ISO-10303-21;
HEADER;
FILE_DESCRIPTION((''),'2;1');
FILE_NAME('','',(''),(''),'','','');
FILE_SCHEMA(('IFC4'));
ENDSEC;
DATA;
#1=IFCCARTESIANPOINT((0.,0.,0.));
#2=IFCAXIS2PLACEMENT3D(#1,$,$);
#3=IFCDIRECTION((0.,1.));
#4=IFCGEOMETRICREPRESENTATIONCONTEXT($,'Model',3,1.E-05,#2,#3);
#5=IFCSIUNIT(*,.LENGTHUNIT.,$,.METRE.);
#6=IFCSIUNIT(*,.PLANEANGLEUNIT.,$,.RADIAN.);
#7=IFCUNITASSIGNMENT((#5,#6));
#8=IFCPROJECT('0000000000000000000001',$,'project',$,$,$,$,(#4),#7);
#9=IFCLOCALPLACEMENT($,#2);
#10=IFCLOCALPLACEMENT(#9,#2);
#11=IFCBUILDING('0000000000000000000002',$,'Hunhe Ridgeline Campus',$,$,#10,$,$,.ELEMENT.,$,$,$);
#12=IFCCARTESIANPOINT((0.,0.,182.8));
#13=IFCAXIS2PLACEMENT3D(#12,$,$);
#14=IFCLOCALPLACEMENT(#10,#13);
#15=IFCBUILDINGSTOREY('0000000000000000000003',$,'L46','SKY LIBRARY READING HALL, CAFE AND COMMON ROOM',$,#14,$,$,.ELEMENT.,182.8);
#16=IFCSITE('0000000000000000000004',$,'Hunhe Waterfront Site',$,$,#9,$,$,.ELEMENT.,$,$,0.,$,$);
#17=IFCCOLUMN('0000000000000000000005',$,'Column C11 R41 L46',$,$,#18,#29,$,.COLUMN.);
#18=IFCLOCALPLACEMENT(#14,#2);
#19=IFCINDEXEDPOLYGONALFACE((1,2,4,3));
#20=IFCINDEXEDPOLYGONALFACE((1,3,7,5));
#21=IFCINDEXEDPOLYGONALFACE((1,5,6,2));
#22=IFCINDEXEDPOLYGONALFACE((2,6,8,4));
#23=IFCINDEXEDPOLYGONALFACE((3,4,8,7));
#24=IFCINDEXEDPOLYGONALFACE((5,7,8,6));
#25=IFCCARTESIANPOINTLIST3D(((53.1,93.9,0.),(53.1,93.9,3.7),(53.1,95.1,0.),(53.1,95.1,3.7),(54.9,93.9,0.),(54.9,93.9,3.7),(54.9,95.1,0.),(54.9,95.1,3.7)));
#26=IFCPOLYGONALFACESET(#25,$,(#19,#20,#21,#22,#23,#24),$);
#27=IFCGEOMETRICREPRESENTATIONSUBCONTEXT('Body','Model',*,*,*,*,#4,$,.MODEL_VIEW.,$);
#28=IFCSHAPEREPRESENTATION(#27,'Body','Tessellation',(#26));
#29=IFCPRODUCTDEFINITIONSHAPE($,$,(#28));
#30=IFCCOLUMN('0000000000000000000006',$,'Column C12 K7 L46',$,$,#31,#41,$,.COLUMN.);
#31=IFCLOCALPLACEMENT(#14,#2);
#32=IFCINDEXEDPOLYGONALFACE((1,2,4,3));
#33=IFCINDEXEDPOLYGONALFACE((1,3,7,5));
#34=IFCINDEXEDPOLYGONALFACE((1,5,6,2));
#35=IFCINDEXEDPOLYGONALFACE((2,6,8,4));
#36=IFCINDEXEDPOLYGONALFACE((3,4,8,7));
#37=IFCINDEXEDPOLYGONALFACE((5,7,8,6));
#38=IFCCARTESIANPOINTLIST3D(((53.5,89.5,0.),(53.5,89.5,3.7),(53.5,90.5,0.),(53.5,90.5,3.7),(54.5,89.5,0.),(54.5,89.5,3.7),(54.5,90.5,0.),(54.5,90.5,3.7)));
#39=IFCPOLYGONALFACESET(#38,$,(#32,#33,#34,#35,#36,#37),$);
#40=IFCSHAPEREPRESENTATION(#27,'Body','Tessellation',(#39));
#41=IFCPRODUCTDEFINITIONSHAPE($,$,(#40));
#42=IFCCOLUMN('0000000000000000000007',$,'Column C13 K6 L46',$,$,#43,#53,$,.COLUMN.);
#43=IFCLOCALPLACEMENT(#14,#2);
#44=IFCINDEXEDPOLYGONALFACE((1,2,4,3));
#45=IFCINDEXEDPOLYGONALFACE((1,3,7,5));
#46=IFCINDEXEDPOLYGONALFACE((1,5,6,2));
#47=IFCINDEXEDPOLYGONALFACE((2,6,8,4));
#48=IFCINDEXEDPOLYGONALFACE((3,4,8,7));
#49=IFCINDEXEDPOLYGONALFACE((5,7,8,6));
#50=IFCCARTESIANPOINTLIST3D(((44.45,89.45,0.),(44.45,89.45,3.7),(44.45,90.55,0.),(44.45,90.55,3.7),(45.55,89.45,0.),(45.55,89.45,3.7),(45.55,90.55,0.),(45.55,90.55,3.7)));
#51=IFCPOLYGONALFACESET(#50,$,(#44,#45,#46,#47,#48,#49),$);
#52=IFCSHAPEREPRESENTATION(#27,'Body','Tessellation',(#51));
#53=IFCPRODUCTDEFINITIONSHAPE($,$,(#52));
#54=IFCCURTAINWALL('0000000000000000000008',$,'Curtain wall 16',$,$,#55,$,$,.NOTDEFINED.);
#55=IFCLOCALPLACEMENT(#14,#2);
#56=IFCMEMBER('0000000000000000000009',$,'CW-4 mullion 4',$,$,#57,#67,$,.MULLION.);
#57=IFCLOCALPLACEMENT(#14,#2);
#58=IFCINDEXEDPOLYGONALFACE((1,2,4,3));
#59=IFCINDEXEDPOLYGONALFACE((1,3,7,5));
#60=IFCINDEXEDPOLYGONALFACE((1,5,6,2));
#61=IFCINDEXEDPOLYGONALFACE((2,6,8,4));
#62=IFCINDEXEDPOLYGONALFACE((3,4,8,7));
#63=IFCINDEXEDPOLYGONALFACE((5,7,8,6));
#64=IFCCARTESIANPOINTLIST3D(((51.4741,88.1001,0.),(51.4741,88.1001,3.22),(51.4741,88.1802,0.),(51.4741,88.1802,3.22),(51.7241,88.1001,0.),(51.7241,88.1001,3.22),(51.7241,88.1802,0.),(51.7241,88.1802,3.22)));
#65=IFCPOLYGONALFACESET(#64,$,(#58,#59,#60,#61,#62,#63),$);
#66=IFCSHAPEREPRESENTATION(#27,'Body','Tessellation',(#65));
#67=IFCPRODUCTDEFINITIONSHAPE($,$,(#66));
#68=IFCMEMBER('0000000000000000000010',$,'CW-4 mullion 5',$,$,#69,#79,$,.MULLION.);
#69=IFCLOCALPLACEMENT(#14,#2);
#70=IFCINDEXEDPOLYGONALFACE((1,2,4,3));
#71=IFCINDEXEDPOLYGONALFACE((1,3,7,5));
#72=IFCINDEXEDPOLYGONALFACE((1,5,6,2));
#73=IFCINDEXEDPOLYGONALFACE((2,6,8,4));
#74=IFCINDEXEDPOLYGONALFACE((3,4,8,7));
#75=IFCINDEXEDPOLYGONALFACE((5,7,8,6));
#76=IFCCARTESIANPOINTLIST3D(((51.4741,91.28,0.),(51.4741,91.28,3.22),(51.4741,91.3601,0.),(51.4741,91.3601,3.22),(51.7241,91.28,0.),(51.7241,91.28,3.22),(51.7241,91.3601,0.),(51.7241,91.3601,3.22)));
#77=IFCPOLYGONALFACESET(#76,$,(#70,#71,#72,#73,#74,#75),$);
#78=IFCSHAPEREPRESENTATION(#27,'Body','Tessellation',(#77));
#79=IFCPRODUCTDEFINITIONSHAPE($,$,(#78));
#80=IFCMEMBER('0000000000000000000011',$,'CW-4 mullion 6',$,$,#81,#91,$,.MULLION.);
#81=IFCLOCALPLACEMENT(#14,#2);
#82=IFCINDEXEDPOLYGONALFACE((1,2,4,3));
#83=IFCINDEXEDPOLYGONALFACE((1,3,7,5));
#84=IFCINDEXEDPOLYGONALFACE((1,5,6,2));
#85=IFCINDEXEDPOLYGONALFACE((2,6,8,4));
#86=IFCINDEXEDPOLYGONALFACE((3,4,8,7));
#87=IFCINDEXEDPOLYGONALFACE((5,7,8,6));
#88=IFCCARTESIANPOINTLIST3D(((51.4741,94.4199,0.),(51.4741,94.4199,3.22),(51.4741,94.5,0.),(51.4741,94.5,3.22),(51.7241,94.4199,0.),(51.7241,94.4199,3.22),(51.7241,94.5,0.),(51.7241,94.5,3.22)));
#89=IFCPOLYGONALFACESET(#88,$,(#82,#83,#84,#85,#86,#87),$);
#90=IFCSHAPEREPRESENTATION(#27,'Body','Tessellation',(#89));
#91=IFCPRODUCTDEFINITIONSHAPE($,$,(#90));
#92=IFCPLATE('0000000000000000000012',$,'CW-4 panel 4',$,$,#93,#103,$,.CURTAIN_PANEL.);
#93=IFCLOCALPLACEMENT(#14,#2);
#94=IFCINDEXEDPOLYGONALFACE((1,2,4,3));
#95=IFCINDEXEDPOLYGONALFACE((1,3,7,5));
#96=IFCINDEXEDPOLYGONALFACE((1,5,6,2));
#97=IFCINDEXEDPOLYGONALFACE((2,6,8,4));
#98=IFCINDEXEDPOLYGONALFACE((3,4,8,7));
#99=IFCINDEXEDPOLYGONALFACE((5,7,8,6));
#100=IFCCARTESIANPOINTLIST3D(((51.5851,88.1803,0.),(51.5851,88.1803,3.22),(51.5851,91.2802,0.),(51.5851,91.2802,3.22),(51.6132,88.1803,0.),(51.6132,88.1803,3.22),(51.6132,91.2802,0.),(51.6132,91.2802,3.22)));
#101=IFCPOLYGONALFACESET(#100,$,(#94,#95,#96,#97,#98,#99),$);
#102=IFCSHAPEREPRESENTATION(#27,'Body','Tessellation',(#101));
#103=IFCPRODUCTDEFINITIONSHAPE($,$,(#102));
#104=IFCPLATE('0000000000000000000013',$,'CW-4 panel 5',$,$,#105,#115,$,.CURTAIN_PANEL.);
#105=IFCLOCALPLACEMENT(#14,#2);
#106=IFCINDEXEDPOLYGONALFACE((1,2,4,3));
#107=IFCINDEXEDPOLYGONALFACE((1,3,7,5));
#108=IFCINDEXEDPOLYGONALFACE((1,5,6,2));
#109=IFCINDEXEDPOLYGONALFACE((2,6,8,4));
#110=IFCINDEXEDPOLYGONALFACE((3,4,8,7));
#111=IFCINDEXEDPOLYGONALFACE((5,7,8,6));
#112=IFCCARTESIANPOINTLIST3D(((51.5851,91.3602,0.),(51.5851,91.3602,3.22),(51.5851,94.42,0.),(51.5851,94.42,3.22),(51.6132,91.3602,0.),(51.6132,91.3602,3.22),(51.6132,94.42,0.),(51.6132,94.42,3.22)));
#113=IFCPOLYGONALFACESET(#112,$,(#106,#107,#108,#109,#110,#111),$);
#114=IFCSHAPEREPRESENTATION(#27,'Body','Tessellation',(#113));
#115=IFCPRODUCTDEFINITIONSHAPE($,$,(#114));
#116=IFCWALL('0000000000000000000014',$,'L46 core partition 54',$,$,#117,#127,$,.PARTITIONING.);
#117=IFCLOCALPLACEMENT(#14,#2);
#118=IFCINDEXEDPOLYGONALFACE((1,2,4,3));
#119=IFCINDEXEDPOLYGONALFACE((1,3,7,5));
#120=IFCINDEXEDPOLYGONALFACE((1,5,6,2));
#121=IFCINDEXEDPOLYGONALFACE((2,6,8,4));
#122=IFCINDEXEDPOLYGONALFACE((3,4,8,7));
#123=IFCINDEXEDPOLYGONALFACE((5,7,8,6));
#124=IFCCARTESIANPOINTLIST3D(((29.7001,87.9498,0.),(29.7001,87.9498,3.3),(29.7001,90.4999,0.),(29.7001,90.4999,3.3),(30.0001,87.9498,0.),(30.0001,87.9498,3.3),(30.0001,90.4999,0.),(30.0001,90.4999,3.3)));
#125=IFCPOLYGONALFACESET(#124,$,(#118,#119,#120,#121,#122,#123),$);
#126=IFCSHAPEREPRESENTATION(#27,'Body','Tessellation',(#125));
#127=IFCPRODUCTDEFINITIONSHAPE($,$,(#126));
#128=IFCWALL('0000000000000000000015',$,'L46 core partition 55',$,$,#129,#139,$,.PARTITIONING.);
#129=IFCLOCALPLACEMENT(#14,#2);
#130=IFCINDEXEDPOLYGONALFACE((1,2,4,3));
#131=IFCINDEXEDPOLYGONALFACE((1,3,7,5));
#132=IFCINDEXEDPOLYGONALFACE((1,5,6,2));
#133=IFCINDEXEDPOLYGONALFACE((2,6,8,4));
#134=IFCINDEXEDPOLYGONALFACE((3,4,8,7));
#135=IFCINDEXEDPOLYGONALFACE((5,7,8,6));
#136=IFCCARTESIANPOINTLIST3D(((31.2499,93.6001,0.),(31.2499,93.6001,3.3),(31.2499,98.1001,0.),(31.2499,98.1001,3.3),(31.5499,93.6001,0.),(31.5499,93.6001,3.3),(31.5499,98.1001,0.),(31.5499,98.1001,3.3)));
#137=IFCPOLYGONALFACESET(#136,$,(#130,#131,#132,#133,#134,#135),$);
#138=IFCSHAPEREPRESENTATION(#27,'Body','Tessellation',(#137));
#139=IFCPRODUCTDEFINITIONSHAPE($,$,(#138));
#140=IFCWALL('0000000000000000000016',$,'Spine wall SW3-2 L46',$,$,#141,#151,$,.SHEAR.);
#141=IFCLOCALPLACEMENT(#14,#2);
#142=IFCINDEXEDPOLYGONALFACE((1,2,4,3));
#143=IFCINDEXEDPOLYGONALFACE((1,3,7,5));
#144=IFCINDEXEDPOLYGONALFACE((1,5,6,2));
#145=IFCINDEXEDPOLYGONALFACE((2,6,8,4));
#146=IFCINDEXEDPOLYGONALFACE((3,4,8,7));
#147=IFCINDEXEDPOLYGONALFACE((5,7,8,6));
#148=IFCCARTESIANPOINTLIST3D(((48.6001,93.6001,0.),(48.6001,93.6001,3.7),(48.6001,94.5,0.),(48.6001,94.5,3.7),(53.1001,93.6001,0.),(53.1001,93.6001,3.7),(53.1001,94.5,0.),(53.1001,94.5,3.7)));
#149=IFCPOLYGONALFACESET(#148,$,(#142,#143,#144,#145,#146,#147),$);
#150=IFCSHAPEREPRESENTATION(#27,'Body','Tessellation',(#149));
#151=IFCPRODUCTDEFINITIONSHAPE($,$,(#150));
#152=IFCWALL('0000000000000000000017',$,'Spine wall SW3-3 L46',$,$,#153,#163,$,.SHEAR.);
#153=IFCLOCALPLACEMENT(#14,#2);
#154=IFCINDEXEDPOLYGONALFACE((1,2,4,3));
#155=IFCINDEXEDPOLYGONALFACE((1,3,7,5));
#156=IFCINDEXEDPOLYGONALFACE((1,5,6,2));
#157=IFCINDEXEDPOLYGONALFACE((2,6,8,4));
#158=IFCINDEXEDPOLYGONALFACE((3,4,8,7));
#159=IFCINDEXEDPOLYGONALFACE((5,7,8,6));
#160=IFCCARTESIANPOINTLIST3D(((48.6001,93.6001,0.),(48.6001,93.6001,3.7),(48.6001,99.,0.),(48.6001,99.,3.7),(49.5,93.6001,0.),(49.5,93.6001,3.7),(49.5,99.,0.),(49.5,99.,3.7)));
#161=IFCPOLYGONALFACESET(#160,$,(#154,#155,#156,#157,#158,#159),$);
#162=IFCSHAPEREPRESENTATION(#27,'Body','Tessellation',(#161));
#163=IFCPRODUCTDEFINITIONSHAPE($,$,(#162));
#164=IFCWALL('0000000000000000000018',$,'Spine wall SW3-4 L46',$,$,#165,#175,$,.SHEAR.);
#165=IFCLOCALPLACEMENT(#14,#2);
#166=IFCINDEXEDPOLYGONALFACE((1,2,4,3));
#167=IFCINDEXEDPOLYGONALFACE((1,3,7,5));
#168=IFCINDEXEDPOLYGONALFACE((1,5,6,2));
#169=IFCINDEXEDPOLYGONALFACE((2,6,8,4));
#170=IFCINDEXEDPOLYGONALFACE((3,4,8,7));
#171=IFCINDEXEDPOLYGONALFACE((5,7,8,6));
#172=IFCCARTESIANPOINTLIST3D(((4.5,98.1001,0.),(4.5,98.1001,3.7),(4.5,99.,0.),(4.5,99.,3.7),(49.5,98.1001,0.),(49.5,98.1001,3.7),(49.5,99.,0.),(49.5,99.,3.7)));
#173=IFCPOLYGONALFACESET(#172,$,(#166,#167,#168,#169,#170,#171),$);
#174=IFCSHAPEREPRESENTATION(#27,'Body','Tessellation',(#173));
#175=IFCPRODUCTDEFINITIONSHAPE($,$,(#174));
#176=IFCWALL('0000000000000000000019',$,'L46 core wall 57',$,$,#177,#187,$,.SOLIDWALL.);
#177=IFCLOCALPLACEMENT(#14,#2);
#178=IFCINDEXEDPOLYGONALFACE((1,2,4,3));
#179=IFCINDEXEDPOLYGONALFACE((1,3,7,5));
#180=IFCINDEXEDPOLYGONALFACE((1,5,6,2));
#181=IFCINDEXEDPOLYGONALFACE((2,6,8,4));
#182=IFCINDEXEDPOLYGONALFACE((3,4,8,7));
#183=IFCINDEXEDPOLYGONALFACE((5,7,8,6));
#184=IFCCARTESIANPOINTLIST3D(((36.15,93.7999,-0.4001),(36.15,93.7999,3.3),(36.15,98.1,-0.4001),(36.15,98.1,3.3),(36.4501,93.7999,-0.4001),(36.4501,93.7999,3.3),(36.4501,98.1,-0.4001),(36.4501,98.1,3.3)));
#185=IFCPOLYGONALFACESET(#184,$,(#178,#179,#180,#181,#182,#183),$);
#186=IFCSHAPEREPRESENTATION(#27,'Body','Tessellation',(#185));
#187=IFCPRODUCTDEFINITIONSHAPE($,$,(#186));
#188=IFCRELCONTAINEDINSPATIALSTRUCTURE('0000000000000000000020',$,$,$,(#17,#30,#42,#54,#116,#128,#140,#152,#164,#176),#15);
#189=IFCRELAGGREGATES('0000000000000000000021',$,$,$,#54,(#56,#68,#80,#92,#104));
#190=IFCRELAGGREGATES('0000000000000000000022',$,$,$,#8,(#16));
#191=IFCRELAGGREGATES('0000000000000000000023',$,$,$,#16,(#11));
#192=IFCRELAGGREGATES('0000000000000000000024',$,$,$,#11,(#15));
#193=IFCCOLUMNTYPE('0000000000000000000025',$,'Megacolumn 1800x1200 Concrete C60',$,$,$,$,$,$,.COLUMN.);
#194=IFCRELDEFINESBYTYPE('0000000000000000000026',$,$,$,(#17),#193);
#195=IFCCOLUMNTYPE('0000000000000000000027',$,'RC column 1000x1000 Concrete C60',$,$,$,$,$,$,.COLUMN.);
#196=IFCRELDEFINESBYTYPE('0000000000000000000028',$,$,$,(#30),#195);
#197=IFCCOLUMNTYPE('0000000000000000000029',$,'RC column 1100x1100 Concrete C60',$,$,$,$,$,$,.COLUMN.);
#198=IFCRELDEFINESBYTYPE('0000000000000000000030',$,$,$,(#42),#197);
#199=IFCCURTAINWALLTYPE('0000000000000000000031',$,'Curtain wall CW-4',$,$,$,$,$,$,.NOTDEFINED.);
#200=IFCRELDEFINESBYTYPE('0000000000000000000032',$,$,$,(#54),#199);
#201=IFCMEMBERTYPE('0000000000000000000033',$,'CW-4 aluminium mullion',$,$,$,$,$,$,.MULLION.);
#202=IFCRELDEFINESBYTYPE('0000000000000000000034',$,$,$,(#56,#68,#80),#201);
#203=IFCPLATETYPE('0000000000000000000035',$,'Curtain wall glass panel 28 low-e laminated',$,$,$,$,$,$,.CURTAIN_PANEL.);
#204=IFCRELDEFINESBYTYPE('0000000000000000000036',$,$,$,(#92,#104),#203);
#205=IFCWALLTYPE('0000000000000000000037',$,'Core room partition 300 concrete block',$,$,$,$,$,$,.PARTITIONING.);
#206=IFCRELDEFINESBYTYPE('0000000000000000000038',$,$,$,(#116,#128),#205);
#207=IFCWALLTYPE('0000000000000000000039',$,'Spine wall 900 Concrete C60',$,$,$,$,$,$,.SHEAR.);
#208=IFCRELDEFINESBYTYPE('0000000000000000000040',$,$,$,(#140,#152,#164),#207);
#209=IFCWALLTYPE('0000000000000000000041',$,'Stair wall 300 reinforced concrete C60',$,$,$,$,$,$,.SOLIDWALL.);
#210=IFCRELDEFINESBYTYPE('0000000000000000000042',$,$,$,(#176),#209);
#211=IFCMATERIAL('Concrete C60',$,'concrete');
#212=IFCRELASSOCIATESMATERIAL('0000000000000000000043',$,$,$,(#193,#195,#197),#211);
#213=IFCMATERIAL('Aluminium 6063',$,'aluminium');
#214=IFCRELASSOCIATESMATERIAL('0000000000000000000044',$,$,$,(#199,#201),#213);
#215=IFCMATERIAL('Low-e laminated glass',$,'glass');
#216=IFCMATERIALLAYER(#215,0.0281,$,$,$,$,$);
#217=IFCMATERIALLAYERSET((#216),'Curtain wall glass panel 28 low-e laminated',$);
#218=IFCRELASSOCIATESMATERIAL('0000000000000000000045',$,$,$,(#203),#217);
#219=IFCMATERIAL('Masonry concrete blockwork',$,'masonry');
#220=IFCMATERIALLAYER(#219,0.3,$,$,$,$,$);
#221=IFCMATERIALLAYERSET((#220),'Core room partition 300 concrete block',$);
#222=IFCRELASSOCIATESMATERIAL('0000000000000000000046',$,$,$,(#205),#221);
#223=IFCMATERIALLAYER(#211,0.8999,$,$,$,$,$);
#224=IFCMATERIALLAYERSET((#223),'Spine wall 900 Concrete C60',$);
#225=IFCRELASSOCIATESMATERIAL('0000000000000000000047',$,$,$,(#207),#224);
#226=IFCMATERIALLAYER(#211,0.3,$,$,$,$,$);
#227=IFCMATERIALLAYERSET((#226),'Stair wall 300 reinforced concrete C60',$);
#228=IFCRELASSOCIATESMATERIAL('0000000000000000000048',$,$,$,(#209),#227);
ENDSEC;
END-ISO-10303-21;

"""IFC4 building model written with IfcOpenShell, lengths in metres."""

from ifc_helpers import new_model, si_unit, direction, frame, frame_2d, origin, origin_2d, place, context, subcontext, project, spatial, rectangle, extrude, material, layer, layer_set, material_profile, profile_set, type_object, element, aggregate, save


model = new_model("IFC4")

# Units and contexts
model_context = context("Model", 3, precision=1e-05, world=origin(), true_north=direction((0.0, 1.0)))
body_context = subcontext(model_context, "Body", "Model", "MODEL_VIEW")
ifc_project = project(units=[si_unit("LENGTHUNIT", "METRE"), si_unit("PLANEANGLEUNIT", "RADIAN")], contexts=[model_context])

# Site, building, storey
site_placement = place(None, origin())
site = spatial("IfcSite", under=ifc_project, at=site_placement, Name="Hunhe Waterfront Site", CompositionType="ELEMENT", RefElevation=0.0)
building_placement = place(site_placement, origin())
building = spatial("IfcBuilding", under=site, at=building_placement, Name="Hunhe Ridgeline Campus", CompositionType="ELEMENT")
storey_placement = place(building_placement, frame((0.0, 0.0, 182.8)))
storey = spatial("IfcBuildingStorey", under=building, at=storey_placement, Name="L46", Description="SKY LIBRARY READING HALL, CAFE AND COMMON ROOM", CompositionType="ELEMENT", Elevation=182.8)

# Columns
ifc_material_1 = material(Name="Concrete C60", Category="concrete")
ifc_material_profile_1 = material_profile(ifc_material_1, rectangle(XDim=1.8, YDim=1.2, at=origin_2d()))
ifc_profile_set_1 = profile_set([ifc_material_profile_1], Name="Concrete C60")
column_type_1 = type_object("IfcColumnType", Name="Megacolumn 1800x1200 Concrete C60", PredefinedType="COLUMN", material=ifc_profile_set_1)
column_1_placement = place(storey_placement, frame((54.0, 94.5, 0.0), z_axis=(0.0, 0.0, 1.0), x_axis=(1.0, 0.0, 0.0)))
element("IfcColumn", 1, at=column_1_placement, inside=storey, type_object=column_type_1, Name="Column C11 R41 L46", PredefinedType="COLUMN", context=body_context, shape_type="SweptSolid", body=[
    extrude(rectangle(XDim=1.8, YDim=1.2, at=origin_2d()), origin(), (0.0, 0.0, 1.0), 3.7),
])
ifc_material_profile_2 = material_profile(ifc_material_1, rectangle(XDim=1.0, YDim=1.0, at=origin_2d()))
ifc_profile_set_2 = profile_set([ifc_material_profile_2], Name="Concrete C60")
column_type_2 = type_object("IfcColumnType", Name="RC column 1000x1000 Concrete C60", PredefinedType="COLUMN", material=ifc_profile_set_2)
column_2_placement = place(storey_placement, frame((54.0, 90.0, 0.0), z_axis=(0.0, 0.0, 1.0), x_axis=(1.0, 0.0, 0.0)))
element("IfcColumn", 2, at=column_2_placement, inside=storey, type_object=column_type_2, Name="Column C12 K7 L46", PredefinedType="COLUMN", context=body_context, shape_type="SweptSolid", body=[
    extrude(rectangle(XDim=1.0, YDim=1.0, at=origin_2d()), origin(), (0.0, 0.0, 1.0), 3.7),
])
ifc_material_profile_3 = material_profile(ifc_material_1, rectangle(XDim=1.1001, YDim=1.1001, at=origin_2d()))
ifc_profile_set_3 = profile_set([ifc_material_profile_3], Name="Concrete C60")
column_type_3 = type_object("IfcColumnType", Name="RC column 1100x1100 Concrete C60", PredefinedType="COLUMN", material=ifc_profile_set_3)
column_3_placement = place(storey_placement, frame((45.0, 90.0, 0.0), z_axis=(0.0, 0.0, 1.0), x_axis=(1.0, 0.0, 0.0)))
element("IfcColumn", 3, at=column_3_placement, inside=storey, type_object=column_type_3, Name="Column C13 K6 L46", PredefinedType="COLUMN", context=body_context, shape_type="SweptSolid", body=[
    extrude(rectangle(XDim=1.1001, YDim=1.1001, at=origin_2d()), origin(), (0.0, 0.0, 1.0), 3.7),
])

# Curtain wall, members, plates
ifc_material_2 = material(Name="Aluminium 6063", Category="aluminium")
curtain_wall_type = type_object("IfcCurtainWallType", Name="Curtain wall CW-4", PredefinedType="NOTDEFINED", material=ifc_material_2)
curtain_wall_placement = place(storey_placement, origin())
curtain_wall = element("IfcCurtainWall", 4, at=curtain_wall_placement, inside=storey, type_object=curtain_wall_type, Name="Curtain wall 16", PredefinedType="NOTDEFINED")
ifc_material_profile_4 = material_profile(ifc_material_2, rectangle(XDim=0.25, YDim=0.0801, at=origin_2d()))
ifc_profile_set_4 = profile_set([ifc_material_profile_4], Name="Aluminium 6063")
member_type = type_object("IfcMemberType", Name="CW-4 aluminium mullion", PredefinedType="MULLION", material=ifc_profile_set_4)
member_1_placement = place(storey_placement, frame((51.5991, 88.1401, 0.0), z_axis=(0.0, 0.0, 1.0), x_axis=(-1.0, 0.0, 0.0)))
member_1 = element("IfcMember", 5, at=member_1_placement, type_object=member_type, Name="CW-4 mullion 4", PredefinedType="MULLION", context=body_context, shape_type="SweptSolid", body=[
    extrude(rectangle(XDim=0.25, YDim=0.0801, at=origin_2d()), origin(), (0.0, 0.0, 1.0), 3.22),
])
member_2_placement = place(storey_placement, frame((51.5991, 91.3201, 0.0), z_axis=(0.0, 0.0, 1.0), x_axis=(-1.0, 0.0, 0.0)))
member_2 = element("IfcMember", 6, at=member_2_placement, type_object=member_type, Name="CW-4 mullion 5", PredefinedType="MULLION", context=body_context, shape_type="SweptSolid", body=[
    extrude(rectangle(XDim=0.25, YDim=0.0801, at=origin_2d()), origin(), (0.0, 0.0, 1.0), 3.22),
])
member_3_placement = place(storey_placement, frame((51.5991, 94.46, 0.0), z_axis=(0.0, 0.0, 1.0), x_axis=(-1.0, 0.0, 0.0)))
member_3 = element("IfcMember", 7, at=member_3_placement, type_object=member_type, Name="CW-4 mullion 6", PredefinedType="MULLION", context=body_context, shape_type="SweptSolid", body=[
    extrude(rectangle(XDim=0.25, YDim=0.0801, at=origin_2d()), origin(), (0.0, 0.0, 1.0), 3.22),
])
ifc_material_3 = material(Name="Low-e laminated glass", Category="glass")
ifc_layer_1 = layer(ifc_material_3, 0.0281)
ifc_layer_set_1 = layer_set([ifc_layer_1], Name="Curtain wall glass panel 28 low-e laminated")
plate_type = type_object("IfcPlateType", Name="Curtain wall glass panel 28 low-e laminated", PredefinedType="CURTAIN_PANEL", material=ifc_layer_set_1)
plate_1_placement = place(storey_placement, frame((51.5991, 89.7302, 0.0), z_axis=(0.0, 0.0, 1.0), x_axis=(0.0, 1.0, 0.0)))
plate_1 = element("IfcPlate", 8, at=plate_1_placement, type_object=plate_type, Name="CW-4 panel 4", PredefinedType="CURTAIN_PANEL", context=body_context, shape_type="SweptSolid", body=[
    extrude(rectangle(XDim=3.0999, YDim=0.0281, at=origin_2d()), origin(), (0.0, 0.0, 1.0), 3.22),
])
plate_2_placement = place(storey_placement, frame((51.5991, 92.8901, 0.0), z_axis=(0.0, 0.0, 1.0), x_axis=(0.0, 1.0, 0.0)))
plate_2 = element("IfcPlate", 9, at=plate_2_placement, type_object=plate_type, Name="CW-4 panel 5", PredefinedType="CURTAIN_PANEL", context=body_context, shape_type="SweptSolid", body=[
    extrude(rectangle(XDim=3.0598, YDim=0.0281, at=origin_2d()), origin(), (0.0, 0.0, 1.0), 3.22),
])
aggregate(curtain_wall, [member_1, member_2, member_3, plate_1, plate_2])

# Walls
ifc_material_4 = material(Name="Masonry concrete blockwork", Category="masonry")
ifc_layer_2 = layer(ifc_material_4, 0.3)
ifc_layer_set_2 = layer_set([ifc_layer_2], Name="Core room partition 300 concrete block")
wall_type_1 = type_object("IfcWallType", Name="Core room partition 300 concrete block", PredefinedType="PARTITIONING", material=ifc_layer_set_2)
wall_1_placement = place(storey_placement, frame((29.8501, 87.95, 0.0), z_axis=(0.0, 0.0, 1.0), x_axis=(0.0, 1.0, 0.0)))
element("IfcWall", 10, at=wall_1_placement, inside=storey, type_object=wall_type_1, Name="L46 core partition 54", PredefinedType="PARTITIONING", context=body_context, shape_type="SweptSolid", body=[
    extrude(rectangle(XDim=2.55, YDim=0.3, at=frame_2d((1.2749, 0.0))), origin(), (0.0, 0.0, 1.0), 3.3),
])
wall_2_placement = place(storey_placement, frame((31.3999, 93.6001, 0.0), z_axis=(0.0, 0.0, 1.0), x_axis=(0.0, 1.0, 0.0)))
element("IfcWall", 11, at=wall_2_placement, inside=storey, type_object=wall_type_1, Name="L46 core partition 55", PredefinedType="PARTITIONING", context=body_context, shape_type="SweptSolid", body=[
    extrude(rectangle(XDim=4.5, YDim=0.3, at=frame_2d((2.25, 0.0))), origin(), (0.0, 0.0, 1.0), 3.3),
])

# Walls
ifc_layer_3 = layer(ifc_material_1, 0.8999)
ifc_layer_set_3 = layer_set([ifc_layer_3], Name="Spine wall 900 Concrete C60")
wall_type_2 = type_object("IfcWallType", Name="Spine wall 900 Concrete C60", PredefinedType="SHEAR", material=ifc_layer_set_3)
wall_3_placement = place(storey_placement, frame((53.1001, 94.05, 0.0), z_axis=(0.0, 0.0, 1.0), x_axis=(-1.0, 0.0, 0.0)))
element("IfcWall", 12, at=wall_3_placement, inside=storey, type_object=wall_type_2, Name="Spine wall SW3-2 L46", PredefinedType="SHEAR", context=body_context, shape_type="SweptSolid", body=[
    extrude(rectangle(XDim=4.5, YDim=0.8999, at=frame_2d((2.25, 0.0))), origin(), (0.0, 0.0, 1.0), 3.7),
])
wall_4_placement = place(storey_placement, frame((49.05, 93.6001, 0.0), z_axis=(0.0, 0.0, 1.0), x_axis=(0.0, 1.0, 0.0)))
element("IfcWall", 13, at=wall_4_placement, inside=storey, type_object=wall_type_2, Name="Spine wall SW3-3 L46", PredefinedType="SHEAR", context=body_context, shape_type="SweptSolid", body=[
    extrude(rectangle(XDim=5.3999, YDim=0.8999, at=frame_2d((2.7, 0.0))), origin(), (0.0, 0.0, 1.0), 3.7),
])
wall_5_placement = place(storey_placement, frame((49.5, 98.55, 0.0), z_axis=(0.0, 0.0, 1.0), x_axis=(-1.0, 0.0, 0.0)))
element("IfcWall", 14, at=wall_5_placement, inside=storey, type_object=wall_type_2, Name="Spine wall SW3-4 L46", PredefinedType="SHEAR", context=body_context, shape_type="SweptSolid", body=[
    extrude(rectangle(XDim=45.0, YDim=0.8999, at=frame_2d((22.5, 0.0))), origin(), (0.0, 0.0, 1.0), 3.7),
])

# Shared definitions
ifc_layer_4 = layer(ifc_material_1, 0.3)
ifc_layer_set_4 = layer_set([ifc_layer_4], Name="Stair wall 300 reinforced concrete C60")
wall_type_3 = type_object("IfcWallType", Name="Stair wall 300 reinforced concrete C60", PredefinedType="SOLIDWALL", material=ifc_layer_set_4)

# Wall
for number, where, z_axis, x_axis, name in (
    (15, (36.3, 93.8, -0.4001), (0.0, 0.0, 1.0), (0.0, 1.0, 0.0), "L46 core wall 57"),
):
    element("IfcWall", number, at=place(storey_placement, frame(where, z_axis=z_axis, x_axis=x_axis)), inside=storey, type_object=wall_type_3, Name=name, PredefinedType="SOLIDWALL", context=body_context, shape_type="SweptSolid", body=[
        extrude(rectangle(XDim=4.3, YDim=0.3, at=frame_2d((2.1499, 0.0))), origin(), (0.0, 0.0, 1.0), 3.7002),
    ])

save(model, "model.ifc")
